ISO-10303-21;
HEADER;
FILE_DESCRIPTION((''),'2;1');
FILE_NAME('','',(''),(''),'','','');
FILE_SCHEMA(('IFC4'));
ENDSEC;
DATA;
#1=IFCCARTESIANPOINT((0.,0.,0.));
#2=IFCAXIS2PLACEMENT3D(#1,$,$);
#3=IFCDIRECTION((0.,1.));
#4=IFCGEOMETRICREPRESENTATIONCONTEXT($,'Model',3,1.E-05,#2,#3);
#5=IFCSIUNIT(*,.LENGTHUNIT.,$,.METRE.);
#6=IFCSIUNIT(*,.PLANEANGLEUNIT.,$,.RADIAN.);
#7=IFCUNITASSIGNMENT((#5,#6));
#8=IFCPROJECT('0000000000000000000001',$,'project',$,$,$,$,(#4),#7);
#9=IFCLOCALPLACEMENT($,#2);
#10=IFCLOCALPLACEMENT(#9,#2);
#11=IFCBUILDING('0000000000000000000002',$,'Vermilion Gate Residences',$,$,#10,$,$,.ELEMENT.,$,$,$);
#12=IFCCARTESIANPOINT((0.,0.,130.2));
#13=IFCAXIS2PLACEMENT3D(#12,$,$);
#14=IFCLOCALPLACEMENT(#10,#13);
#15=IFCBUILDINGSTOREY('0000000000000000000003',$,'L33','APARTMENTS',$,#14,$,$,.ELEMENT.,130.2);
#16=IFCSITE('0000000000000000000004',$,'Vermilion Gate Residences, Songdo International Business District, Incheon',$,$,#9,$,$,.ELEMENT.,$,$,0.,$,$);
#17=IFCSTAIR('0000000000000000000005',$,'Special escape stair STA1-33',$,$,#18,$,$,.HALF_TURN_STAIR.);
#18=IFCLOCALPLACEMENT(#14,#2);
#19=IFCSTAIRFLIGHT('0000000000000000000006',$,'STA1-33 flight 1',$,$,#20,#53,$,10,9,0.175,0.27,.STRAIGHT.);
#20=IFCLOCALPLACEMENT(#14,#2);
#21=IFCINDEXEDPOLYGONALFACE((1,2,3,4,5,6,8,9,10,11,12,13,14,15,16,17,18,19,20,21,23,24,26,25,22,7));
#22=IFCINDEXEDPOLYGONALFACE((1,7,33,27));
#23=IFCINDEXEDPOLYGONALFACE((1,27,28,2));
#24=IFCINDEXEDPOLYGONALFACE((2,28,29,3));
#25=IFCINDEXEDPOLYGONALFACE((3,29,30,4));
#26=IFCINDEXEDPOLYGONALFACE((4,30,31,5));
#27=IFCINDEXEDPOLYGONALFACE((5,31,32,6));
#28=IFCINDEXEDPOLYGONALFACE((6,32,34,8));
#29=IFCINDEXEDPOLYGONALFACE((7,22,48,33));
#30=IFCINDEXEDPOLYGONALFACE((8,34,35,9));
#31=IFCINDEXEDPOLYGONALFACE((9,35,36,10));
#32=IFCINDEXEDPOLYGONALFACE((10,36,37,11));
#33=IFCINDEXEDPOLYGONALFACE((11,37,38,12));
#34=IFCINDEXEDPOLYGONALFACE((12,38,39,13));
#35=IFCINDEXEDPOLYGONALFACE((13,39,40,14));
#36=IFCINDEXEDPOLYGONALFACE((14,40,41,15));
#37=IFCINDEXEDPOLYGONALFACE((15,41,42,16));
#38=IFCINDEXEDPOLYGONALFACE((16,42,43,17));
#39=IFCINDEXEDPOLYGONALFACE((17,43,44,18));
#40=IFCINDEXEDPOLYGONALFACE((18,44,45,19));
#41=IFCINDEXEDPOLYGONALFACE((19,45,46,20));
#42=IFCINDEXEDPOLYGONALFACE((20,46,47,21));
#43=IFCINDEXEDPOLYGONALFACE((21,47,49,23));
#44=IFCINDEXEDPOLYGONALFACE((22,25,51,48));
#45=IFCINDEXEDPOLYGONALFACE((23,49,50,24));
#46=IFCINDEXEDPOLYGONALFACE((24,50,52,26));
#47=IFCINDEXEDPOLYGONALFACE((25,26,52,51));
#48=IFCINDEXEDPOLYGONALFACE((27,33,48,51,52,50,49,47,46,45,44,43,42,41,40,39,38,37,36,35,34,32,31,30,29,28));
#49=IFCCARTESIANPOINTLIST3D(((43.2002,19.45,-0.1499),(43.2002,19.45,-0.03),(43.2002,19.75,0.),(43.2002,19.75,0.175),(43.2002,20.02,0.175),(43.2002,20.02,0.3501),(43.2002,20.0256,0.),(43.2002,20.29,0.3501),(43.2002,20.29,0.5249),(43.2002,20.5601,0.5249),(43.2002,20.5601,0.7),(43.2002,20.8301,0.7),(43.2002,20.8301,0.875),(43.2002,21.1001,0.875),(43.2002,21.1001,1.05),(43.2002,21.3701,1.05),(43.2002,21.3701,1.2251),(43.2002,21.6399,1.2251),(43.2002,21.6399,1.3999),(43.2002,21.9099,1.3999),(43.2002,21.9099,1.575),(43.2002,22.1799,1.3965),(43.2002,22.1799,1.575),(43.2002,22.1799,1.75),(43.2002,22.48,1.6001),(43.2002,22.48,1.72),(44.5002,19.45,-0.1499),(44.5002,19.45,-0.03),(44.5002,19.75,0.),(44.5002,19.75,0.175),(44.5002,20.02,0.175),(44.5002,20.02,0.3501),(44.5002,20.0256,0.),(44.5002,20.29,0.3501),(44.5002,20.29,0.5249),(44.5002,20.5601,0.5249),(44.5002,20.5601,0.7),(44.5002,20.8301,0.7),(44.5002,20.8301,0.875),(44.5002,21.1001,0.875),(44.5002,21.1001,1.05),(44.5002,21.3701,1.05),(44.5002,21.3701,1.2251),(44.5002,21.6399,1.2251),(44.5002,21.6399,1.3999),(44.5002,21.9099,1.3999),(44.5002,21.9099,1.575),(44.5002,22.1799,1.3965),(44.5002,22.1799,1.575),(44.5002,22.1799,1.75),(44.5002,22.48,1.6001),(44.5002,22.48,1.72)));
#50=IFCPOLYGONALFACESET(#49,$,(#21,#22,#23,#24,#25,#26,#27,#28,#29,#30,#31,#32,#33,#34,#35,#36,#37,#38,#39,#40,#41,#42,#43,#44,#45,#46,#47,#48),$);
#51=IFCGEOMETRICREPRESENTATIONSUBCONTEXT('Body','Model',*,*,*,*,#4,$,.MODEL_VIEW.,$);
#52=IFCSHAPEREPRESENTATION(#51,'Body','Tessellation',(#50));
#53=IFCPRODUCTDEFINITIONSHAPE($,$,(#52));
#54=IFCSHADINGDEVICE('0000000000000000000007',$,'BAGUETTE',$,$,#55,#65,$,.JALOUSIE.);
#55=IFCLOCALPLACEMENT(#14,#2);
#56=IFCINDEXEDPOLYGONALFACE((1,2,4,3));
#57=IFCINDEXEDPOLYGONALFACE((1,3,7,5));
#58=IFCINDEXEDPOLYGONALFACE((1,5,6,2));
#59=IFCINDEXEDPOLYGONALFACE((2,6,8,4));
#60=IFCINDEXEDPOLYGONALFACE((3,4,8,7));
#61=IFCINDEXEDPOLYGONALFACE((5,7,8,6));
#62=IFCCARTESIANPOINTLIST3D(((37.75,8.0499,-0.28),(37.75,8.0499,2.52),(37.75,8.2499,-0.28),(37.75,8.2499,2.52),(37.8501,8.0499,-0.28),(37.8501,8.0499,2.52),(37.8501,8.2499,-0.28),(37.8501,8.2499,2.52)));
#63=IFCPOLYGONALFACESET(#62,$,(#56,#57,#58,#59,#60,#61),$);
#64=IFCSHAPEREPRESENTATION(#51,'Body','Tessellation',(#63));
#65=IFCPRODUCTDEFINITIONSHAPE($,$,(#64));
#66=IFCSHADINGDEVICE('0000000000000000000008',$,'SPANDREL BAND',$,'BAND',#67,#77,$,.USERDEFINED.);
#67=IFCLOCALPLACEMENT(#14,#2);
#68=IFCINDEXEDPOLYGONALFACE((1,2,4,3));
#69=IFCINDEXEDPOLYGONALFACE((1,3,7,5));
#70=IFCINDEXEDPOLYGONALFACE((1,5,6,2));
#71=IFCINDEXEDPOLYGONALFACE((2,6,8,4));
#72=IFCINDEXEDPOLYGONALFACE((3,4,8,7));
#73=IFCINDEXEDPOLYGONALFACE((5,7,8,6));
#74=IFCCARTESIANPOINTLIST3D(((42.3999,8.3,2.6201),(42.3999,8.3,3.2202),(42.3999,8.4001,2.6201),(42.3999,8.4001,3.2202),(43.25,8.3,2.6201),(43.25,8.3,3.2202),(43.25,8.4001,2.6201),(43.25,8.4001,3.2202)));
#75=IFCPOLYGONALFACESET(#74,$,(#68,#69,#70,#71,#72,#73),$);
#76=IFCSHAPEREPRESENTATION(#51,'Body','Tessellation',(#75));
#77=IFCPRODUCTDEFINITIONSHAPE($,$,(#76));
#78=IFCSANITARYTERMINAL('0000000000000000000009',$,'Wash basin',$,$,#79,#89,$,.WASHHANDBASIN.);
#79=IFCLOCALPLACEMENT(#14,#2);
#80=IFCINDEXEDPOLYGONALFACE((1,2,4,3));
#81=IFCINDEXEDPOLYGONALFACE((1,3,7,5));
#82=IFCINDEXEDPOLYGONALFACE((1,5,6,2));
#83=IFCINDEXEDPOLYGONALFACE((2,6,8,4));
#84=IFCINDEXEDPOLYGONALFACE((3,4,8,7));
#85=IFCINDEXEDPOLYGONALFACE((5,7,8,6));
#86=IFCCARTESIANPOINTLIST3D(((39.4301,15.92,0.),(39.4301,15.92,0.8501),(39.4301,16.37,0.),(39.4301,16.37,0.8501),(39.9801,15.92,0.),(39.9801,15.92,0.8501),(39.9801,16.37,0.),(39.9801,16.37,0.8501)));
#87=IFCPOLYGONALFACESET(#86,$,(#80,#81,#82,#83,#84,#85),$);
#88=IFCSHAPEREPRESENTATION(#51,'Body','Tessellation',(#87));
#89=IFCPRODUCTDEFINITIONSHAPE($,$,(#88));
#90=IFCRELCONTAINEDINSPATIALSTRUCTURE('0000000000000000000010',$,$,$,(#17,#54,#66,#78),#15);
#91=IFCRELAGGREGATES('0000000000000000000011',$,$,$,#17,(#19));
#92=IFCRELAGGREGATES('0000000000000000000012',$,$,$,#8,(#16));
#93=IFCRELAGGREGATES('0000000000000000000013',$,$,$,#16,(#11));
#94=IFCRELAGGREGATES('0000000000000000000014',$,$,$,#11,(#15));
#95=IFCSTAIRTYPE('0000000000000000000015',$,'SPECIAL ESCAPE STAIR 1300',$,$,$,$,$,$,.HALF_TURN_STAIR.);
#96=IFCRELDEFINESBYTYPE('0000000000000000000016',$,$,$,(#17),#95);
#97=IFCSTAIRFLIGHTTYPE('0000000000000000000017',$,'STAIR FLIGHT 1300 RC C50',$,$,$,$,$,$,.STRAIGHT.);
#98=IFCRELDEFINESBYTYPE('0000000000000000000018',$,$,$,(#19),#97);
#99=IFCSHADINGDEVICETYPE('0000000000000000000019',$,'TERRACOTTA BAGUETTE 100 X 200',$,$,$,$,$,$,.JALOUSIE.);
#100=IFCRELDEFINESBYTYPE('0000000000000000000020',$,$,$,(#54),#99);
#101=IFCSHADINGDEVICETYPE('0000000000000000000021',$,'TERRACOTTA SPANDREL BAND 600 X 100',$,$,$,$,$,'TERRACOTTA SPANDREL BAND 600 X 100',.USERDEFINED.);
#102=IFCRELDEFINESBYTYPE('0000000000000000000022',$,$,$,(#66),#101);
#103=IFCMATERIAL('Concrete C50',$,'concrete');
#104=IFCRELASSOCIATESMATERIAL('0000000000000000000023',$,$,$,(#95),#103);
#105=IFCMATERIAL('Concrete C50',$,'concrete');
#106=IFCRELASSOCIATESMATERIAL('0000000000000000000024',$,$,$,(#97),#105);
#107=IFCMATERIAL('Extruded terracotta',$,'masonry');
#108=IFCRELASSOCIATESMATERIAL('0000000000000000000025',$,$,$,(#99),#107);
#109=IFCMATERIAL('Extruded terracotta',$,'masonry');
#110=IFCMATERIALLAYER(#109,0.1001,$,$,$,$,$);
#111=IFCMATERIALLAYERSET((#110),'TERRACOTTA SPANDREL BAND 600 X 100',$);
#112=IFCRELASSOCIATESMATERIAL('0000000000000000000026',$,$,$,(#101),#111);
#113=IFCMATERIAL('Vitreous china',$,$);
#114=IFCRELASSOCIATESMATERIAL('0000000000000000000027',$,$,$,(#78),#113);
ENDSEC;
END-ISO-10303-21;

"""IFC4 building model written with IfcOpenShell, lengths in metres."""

from ifc_helpers import new_model, si_unit, direction, frame, origin, origin_2d, place, context, subcontext, project, spatial, polyline, rectangle, outline, extrude, material, layer, layer_set, material_profile, profile_set, type_object, element, aggregate, save


model = new_model("IFC4")

# Units and contexts
model_context = context("Model", 3, precision=1e-05, world=origin(), true_north=direction((0.0, 1.0)))
body_context = subcontext(model_context, "Body", "Model", "MODEL_VIEW")
ifc_project = project(units=[si_unit("LENGTHUNIT", "METRE"), si_unit("PLANEANGLEUNIT", "RADIAN")], contexts=[model_context])

# Site, building, storey
site_placement = place(None, origin())
site = spatial("IfcSite", under=ifc_project, at=site_placement, Name="Vermilion Gate Residences, Songdo International Business District, Incheon", CompositionType="ELEMENT", RefElevation=0.0)
building_placement = place(site_placement, origin())
building = spatial("IfcBuilding", under=site, at=building_placement, Name="Vermilion Gate Residences", CompositionType="ELEMENT")
storey_placement = place(building_placement, frame((0.0, 0.0, 130.2)))
storey = spatial("IfcBuildingStorey", under=building, at=storey_placement, Name="L33", Description="APARTMENTS", CompositionType="ELEMENT", Elevation=130.2)

# Stair, stair flight
ifc_material_1 = material(Name="Concrete C50", Category="concrete")
stair_type = type_object("IfcStairType", Name="SPECIAL ESCAPE STAIR 1300", PredefinedType="HALF_TURN_STAIR", material=ifc_material_1)
stair_placement = place(storey_placement, origin())
stair = element("IfcStair", 1, at=stair_placement, inside=storey, type_object=stair_type, Name="Special escape stair STA1-33", PredefinedType="HALF_TURN_STAIR")
ifc_material_2 = material(Name="Concrete C50", Category="concrete")
stair_flight_type = type_object("IfcStairFlightType", Name="STAIR FLIGHT 1300 RC C50", PredefinedType="STRAIGHT", material=ifc_material_2)
stair_flight_placement = place(storey_placement, frame((43.8501, 19.75, 0.0), z_axis=(0.0, 0.0, 1.0), x_axis=(0.0, 1.0, 0.0)))
stair_flight = element("IfcStairFlight", 2, at=stair_flight_placement, type_object=stair_flight_type, Name="STA1-33 flight 1", NumberOfRisers=10, NumberOfTreads=9, PredefinedType="STRAIGHT", RiserHeight=0.175, TreadLength=0.27, context=body_context, shape_type="SweptSolid", body=[
    extrude(outline(polyline([(-0.3, -0.1499), (-0.3, -0.03), (0.0, 0.0), (0.0, 0.175), (0.27, 0.175), (0.27, 0.3501), (0.54, 0.3501), (0.54, 0.5249), (0.8101, 0.5249), (0.8101, 0.7), (1.0801, 0.7), (1.0801, 0.875), (1.3501, 0.875), (1.3501, 1.05), (1.6201, 1.05), (1.6201, 1.2251), (1.8899, 1.2251), (1.8899, 1.3999), (2.1599, 1.3999), (2.1599, 1.575), (2.4299, 1.575), (2.4299, 1.75), (2.73, 1.72), (2.73, 1.6001), (2.4299, 1.3965), (0.2756, 0.0), (-0.3, -0.1499)])), frame((0.0, 0.6499, 0.0), z_axis=(0.0, -1.0, 0.0), x_axis=(1.0, 0.0, 0.0)), (0.0, 0.0, 1.0), 1.3),
])
aggregate(stair, [stair_flight])

# Shading devices
ifc_material_3 = material(Name="Extruded terracotta", Category="masonry")
ifc_material_profile_1 = material_profile(ifc_material_3, rectangle(XDim=0.2, YDim=0.1001, at=origin_2d()), Name="BAGUETTE 100 X 200")
ifc_profile_set_1 = profile_set([ifc_material_profile_1], Name="Extruded terracotta")
shading_device_type_1 = type_object("IfcShadingDeviceType", Name="TERRACOTTA BAGUETTE 100 X 200", PredefinedType="JALOUSIE", material=ifc_profile_set_1)
shading_device_1_placement = place(storey_placement, frame((37.8, 8.1499, -0.28), z_axis=(0.0, 0.0, 1.0), x_axis=(0.0, 1.0, 0.0)))
element("IfcShadingDevice", 3, at=shading_device_1_placement, inside=storey, type_object=shading_device_type_1, Name="BAGUETTE", PredefinedType="JALOUSIE", context=body_context, shape_type="SweptSolid", body=[
    extrude(rectangle(XDim=0.2, YDim=0.1001, at=origin_2d()), origin(), (0.0, 0.0, 1.0), 2.8),
])
ifc_material_4 = material(Name="Extruded terracotta", Category="masonry")
ifc_layer_1 = layer(ifc_material_4, 0.1001)
ifc_layer_set_1 = layer_set([ifc_layer_1], Name="TERRACOTTA SPANDREL BAND 600 X 100")
shading_device_type_2 = type_object("IfcShadingDeviceType", Name="TERRACOTTA SPANDREL BAND 600 X 100", ElementType="TERRACOTTA SPANDREL BAND 600 X 100", PredefinedType="USERDEFINED", material=ifc_layer_set_1)
shading_device_2_placement = place(storey_placement, frame((42.825, 8.3501, 2.6201), z_axis=(0.0, 0.0, 1.0), x_axis=(1.0, 0.0, 0.0)))
element("IfcShadingDevice", 4, at=shading_device_2_placement, inside=storey, type_object=shading_device_type_2, Name="SPANDREL BAND", ObjectType="BAND", PredefinedType="USERDEFINED", context=body_context, shape_type="SweptSolid", body=[
    extrude(rectangle(XDim=0.8501, YDim=0.1001, at=origin_2d()), origin(), (0.0, 0.0, 1.0), 0.6001),
])

# Sanitary terminal
ifc_material_5 = material(Name="Vitreous china")
sanitary_terminal_placement = place(storey_placement, frame((39.7051, 16.145, 0.0), z_axis=(0.0, 0.0, 1.0), x_axis=(1.0, 0.0, 0.0)))
element("IfcSanitaryTerminal", 5, at=sanitary_terminal_placement, inside=storey, material=ifc_material_5, Name="Wash basin", PredefinedType="WASHHANDBASIN", context=body_context, shape_type="SweptSolid", body=[
    extrude(rectangle(XDim=0.55, YDim=0.45, at=origin_2d()), origin(), (0.0, 0.0, 1.0), 0.8501),
])

save(model, "model.ifc")
